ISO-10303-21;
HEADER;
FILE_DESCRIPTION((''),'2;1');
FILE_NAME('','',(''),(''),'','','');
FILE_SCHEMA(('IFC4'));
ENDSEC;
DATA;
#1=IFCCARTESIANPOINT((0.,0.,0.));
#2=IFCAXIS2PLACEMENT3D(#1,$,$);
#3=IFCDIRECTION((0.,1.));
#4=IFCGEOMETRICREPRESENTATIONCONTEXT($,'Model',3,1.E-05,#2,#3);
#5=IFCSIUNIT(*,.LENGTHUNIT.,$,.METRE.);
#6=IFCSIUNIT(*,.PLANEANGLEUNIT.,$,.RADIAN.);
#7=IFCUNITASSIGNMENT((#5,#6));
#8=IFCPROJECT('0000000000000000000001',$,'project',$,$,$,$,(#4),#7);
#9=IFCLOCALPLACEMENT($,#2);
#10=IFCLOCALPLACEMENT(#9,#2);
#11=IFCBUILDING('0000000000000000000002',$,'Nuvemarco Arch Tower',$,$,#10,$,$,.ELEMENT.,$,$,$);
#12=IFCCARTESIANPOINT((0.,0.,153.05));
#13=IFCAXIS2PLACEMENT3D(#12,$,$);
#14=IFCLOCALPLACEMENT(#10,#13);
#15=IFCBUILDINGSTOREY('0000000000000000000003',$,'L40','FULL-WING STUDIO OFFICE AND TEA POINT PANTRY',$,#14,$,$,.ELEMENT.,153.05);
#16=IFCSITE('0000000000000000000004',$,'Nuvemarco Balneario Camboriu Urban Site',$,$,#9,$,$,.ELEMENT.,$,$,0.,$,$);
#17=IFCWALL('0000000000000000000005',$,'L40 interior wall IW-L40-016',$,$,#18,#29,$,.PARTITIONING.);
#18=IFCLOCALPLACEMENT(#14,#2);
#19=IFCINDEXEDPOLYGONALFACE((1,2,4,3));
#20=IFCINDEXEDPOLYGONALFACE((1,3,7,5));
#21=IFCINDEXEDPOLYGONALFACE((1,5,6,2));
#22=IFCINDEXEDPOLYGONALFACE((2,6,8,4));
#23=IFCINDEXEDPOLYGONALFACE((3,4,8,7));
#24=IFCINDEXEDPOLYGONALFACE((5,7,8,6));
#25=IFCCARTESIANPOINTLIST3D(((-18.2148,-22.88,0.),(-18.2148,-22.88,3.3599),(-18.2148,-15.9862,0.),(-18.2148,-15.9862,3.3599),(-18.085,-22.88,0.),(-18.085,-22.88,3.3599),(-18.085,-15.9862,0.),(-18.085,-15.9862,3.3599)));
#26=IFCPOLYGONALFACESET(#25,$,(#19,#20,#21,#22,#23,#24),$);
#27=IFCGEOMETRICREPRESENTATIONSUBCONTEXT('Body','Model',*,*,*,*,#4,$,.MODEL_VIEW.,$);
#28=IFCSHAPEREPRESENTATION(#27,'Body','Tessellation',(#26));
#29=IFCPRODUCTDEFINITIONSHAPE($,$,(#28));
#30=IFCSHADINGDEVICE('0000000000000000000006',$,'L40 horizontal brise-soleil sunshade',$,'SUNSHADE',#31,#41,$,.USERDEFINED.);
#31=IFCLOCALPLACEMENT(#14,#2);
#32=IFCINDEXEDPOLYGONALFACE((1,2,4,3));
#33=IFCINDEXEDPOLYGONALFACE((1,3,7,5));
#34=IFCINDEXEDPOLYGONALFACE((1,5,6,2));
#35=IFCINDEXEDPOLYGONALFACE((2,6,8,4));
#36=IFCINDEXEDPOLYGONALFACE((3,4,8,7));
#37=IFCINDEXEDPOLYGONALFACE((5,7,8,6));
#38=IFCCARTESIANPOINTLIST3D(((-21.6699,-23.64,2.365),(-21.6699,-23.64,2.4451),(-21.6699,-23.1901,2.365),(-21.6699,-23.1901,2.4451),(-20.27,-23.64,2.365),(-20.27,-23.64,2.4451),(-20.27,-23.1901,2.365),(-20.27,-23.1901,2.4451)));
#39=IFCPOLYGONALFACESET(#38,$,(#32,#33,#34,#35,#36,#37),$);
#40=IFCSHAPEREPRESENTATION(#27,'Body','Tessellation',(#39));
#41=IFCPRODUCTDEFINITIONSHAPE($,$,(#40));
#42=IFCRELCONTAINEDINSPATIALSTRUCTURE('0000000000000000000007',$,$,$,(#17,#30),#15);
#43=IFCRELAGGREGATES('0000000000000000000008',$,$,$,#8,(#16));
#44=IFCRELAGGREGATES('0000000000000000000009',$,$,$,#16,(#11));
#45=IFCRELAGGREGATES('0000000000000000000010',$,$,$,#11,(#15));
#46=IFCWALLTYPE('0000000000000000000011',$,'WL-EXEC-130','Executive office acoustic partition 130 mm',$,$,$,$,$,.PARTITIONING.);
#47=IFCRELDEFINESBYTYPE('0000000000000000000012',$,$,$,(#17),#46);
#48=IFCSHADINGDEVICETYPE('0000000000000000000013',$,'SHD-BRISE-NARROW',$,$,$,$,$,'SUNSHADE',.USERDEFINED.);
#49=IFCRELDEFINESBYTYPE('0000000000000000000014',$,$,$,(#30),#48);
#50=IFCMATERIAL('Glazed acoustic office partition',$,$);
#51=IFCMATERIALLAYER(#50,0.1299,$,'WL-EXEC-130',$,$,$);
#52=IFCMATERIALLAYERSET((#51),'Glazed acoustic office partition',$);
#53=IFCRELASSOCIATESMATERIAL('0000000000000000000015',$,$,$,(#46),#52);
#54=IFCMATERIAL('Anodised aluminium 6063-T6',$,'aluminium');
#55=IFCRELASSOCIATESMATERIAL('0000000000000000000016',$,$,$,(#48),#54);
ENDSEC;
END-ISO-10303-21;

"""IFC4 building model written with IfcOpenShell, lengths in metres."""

from ifc_helpers import new_model, si_unit, direction, frame, frame_2d, origin, origin_2d, place, context, subcontext, project, spatial, rectangle, extrude, source, transform, mapped, material, layer, layer_set, type_object, type_shapes, element, save


model = new_model("IFC4")

# Units and contexts
model_context = context("Model", 3, precision=1e-05, world=origin(), true_north=direction((0.0, 1.0)))
body_context = subcontext(model_context, "Body", "Model", "MODEL_VIEW")
ifc_project = project(units=[si_unit("LENGTHUNIT", "METRE"), si_unit("PLANEANGLEUNIT", "RADIAN")], contexts=[model_context])

# Site, building, storey
site_placement = place(None, origin())
site = spatial("IfcSite", under=ifc_project, at=site_placement, Name="Nuvemarco Balneario Camboriu Urban Site", CompositionType="ELEMENT", RefElevation=0.0)
building_placement = place(site_placement, origin())
building = spatial("IfcBuilding", under=site, at=building_placement, Name="Nuvemarco Arch Tower", CompositionType="ELEMENT")
storey_placement = place(building_placement, frame((0.0, 0.0, 153.05)))
storey = spatial("IfcBuildingStorey", under=building, at=storey_placement, Name="L40", Description="FULL-WING STUDIO OFFICE AND TEA POINT PANTRY", CompositionType="ELEMENT", Elevation=153.05)

# Wall
ifc_material_1 = material(Name="Glazed acoustic office partition")
ifc_layer_1 = layer(ifc_material_1, 0.1299, Name="WL-EXEC-130")
ifc_layer_set_1 = layer_set([ifc_layer_1], Name="Glazed acoustic office partition")
wall_type_1 = type_object("IfcWallType", Name="WL-EXEC-130", Description="Executive office acoustic partition 130 mm", PredefinedType="PARTITIONING", material=ifc_layer_set_1)
wall_1_placement = place(storey_placement, frame((-18.1499, -22.8799, 0.0), z_axis=(0.0, 0.0, 1.0), x_axis=(0.0, 1.0, 0.0)))
element("IfcWall", 1, at=wall_1_placement, inside=storey, type_object=wall_type_1, Name="L40 interior wall IW-L40-016", PredefinedType="PARTITIONING", context=body_context, shape_type="SweptSolid", body=[
    extrude(rectangle(XDim=6.8938, YDim=0.1299, at=frame_2d((3.4468, 0.0))), origin(), (0.0, 0.0, 1.0), 3.3599),
])

# Shading device
ifc_material_2 = material(Name="Anodised aluminium 6063-T6", Category="aluminium")
shading_device_type = type_object("IfcShadingDeviceType", Name="SHD-BRISE-NARROW", ElementType="SUNSHADE", PredefinedType="USERDEFINED", material=ifc_material_2)
shared_shape_1 = source(origin(), body_context, "Body", "SweptSolid", [
    extrude(rectangle(XDim=1.3999, YDim=0.45, at=origin_2d()), origin(), (0.0, 0.0, 1.0), 0.0801),
])
type_shapes(shading_device_type, [shared_shape_1])
shading_device_placement = place(storey_placement, frame((-20.97, -23.415, 2.365), z_axis=(0.0, 0.0, 1.0), x_axis=(1.0, 0.0, 0.0)))
element("IfcShadingDevice", 2, at=shading_device_placement, inside=storey, type_object=shading_device_type, Name="L40 horizontal brise-soleil sunshade", ObjectType="SUNSHADE", PredefinedType="USERDEFINED", context=body_context, shape_type="MappedRepresentation", body=[
    mapped(shared_shape_1, transform((0.0, 0.0, 0.0), scale=1.0)),
])

save(model, "model.ifc")
